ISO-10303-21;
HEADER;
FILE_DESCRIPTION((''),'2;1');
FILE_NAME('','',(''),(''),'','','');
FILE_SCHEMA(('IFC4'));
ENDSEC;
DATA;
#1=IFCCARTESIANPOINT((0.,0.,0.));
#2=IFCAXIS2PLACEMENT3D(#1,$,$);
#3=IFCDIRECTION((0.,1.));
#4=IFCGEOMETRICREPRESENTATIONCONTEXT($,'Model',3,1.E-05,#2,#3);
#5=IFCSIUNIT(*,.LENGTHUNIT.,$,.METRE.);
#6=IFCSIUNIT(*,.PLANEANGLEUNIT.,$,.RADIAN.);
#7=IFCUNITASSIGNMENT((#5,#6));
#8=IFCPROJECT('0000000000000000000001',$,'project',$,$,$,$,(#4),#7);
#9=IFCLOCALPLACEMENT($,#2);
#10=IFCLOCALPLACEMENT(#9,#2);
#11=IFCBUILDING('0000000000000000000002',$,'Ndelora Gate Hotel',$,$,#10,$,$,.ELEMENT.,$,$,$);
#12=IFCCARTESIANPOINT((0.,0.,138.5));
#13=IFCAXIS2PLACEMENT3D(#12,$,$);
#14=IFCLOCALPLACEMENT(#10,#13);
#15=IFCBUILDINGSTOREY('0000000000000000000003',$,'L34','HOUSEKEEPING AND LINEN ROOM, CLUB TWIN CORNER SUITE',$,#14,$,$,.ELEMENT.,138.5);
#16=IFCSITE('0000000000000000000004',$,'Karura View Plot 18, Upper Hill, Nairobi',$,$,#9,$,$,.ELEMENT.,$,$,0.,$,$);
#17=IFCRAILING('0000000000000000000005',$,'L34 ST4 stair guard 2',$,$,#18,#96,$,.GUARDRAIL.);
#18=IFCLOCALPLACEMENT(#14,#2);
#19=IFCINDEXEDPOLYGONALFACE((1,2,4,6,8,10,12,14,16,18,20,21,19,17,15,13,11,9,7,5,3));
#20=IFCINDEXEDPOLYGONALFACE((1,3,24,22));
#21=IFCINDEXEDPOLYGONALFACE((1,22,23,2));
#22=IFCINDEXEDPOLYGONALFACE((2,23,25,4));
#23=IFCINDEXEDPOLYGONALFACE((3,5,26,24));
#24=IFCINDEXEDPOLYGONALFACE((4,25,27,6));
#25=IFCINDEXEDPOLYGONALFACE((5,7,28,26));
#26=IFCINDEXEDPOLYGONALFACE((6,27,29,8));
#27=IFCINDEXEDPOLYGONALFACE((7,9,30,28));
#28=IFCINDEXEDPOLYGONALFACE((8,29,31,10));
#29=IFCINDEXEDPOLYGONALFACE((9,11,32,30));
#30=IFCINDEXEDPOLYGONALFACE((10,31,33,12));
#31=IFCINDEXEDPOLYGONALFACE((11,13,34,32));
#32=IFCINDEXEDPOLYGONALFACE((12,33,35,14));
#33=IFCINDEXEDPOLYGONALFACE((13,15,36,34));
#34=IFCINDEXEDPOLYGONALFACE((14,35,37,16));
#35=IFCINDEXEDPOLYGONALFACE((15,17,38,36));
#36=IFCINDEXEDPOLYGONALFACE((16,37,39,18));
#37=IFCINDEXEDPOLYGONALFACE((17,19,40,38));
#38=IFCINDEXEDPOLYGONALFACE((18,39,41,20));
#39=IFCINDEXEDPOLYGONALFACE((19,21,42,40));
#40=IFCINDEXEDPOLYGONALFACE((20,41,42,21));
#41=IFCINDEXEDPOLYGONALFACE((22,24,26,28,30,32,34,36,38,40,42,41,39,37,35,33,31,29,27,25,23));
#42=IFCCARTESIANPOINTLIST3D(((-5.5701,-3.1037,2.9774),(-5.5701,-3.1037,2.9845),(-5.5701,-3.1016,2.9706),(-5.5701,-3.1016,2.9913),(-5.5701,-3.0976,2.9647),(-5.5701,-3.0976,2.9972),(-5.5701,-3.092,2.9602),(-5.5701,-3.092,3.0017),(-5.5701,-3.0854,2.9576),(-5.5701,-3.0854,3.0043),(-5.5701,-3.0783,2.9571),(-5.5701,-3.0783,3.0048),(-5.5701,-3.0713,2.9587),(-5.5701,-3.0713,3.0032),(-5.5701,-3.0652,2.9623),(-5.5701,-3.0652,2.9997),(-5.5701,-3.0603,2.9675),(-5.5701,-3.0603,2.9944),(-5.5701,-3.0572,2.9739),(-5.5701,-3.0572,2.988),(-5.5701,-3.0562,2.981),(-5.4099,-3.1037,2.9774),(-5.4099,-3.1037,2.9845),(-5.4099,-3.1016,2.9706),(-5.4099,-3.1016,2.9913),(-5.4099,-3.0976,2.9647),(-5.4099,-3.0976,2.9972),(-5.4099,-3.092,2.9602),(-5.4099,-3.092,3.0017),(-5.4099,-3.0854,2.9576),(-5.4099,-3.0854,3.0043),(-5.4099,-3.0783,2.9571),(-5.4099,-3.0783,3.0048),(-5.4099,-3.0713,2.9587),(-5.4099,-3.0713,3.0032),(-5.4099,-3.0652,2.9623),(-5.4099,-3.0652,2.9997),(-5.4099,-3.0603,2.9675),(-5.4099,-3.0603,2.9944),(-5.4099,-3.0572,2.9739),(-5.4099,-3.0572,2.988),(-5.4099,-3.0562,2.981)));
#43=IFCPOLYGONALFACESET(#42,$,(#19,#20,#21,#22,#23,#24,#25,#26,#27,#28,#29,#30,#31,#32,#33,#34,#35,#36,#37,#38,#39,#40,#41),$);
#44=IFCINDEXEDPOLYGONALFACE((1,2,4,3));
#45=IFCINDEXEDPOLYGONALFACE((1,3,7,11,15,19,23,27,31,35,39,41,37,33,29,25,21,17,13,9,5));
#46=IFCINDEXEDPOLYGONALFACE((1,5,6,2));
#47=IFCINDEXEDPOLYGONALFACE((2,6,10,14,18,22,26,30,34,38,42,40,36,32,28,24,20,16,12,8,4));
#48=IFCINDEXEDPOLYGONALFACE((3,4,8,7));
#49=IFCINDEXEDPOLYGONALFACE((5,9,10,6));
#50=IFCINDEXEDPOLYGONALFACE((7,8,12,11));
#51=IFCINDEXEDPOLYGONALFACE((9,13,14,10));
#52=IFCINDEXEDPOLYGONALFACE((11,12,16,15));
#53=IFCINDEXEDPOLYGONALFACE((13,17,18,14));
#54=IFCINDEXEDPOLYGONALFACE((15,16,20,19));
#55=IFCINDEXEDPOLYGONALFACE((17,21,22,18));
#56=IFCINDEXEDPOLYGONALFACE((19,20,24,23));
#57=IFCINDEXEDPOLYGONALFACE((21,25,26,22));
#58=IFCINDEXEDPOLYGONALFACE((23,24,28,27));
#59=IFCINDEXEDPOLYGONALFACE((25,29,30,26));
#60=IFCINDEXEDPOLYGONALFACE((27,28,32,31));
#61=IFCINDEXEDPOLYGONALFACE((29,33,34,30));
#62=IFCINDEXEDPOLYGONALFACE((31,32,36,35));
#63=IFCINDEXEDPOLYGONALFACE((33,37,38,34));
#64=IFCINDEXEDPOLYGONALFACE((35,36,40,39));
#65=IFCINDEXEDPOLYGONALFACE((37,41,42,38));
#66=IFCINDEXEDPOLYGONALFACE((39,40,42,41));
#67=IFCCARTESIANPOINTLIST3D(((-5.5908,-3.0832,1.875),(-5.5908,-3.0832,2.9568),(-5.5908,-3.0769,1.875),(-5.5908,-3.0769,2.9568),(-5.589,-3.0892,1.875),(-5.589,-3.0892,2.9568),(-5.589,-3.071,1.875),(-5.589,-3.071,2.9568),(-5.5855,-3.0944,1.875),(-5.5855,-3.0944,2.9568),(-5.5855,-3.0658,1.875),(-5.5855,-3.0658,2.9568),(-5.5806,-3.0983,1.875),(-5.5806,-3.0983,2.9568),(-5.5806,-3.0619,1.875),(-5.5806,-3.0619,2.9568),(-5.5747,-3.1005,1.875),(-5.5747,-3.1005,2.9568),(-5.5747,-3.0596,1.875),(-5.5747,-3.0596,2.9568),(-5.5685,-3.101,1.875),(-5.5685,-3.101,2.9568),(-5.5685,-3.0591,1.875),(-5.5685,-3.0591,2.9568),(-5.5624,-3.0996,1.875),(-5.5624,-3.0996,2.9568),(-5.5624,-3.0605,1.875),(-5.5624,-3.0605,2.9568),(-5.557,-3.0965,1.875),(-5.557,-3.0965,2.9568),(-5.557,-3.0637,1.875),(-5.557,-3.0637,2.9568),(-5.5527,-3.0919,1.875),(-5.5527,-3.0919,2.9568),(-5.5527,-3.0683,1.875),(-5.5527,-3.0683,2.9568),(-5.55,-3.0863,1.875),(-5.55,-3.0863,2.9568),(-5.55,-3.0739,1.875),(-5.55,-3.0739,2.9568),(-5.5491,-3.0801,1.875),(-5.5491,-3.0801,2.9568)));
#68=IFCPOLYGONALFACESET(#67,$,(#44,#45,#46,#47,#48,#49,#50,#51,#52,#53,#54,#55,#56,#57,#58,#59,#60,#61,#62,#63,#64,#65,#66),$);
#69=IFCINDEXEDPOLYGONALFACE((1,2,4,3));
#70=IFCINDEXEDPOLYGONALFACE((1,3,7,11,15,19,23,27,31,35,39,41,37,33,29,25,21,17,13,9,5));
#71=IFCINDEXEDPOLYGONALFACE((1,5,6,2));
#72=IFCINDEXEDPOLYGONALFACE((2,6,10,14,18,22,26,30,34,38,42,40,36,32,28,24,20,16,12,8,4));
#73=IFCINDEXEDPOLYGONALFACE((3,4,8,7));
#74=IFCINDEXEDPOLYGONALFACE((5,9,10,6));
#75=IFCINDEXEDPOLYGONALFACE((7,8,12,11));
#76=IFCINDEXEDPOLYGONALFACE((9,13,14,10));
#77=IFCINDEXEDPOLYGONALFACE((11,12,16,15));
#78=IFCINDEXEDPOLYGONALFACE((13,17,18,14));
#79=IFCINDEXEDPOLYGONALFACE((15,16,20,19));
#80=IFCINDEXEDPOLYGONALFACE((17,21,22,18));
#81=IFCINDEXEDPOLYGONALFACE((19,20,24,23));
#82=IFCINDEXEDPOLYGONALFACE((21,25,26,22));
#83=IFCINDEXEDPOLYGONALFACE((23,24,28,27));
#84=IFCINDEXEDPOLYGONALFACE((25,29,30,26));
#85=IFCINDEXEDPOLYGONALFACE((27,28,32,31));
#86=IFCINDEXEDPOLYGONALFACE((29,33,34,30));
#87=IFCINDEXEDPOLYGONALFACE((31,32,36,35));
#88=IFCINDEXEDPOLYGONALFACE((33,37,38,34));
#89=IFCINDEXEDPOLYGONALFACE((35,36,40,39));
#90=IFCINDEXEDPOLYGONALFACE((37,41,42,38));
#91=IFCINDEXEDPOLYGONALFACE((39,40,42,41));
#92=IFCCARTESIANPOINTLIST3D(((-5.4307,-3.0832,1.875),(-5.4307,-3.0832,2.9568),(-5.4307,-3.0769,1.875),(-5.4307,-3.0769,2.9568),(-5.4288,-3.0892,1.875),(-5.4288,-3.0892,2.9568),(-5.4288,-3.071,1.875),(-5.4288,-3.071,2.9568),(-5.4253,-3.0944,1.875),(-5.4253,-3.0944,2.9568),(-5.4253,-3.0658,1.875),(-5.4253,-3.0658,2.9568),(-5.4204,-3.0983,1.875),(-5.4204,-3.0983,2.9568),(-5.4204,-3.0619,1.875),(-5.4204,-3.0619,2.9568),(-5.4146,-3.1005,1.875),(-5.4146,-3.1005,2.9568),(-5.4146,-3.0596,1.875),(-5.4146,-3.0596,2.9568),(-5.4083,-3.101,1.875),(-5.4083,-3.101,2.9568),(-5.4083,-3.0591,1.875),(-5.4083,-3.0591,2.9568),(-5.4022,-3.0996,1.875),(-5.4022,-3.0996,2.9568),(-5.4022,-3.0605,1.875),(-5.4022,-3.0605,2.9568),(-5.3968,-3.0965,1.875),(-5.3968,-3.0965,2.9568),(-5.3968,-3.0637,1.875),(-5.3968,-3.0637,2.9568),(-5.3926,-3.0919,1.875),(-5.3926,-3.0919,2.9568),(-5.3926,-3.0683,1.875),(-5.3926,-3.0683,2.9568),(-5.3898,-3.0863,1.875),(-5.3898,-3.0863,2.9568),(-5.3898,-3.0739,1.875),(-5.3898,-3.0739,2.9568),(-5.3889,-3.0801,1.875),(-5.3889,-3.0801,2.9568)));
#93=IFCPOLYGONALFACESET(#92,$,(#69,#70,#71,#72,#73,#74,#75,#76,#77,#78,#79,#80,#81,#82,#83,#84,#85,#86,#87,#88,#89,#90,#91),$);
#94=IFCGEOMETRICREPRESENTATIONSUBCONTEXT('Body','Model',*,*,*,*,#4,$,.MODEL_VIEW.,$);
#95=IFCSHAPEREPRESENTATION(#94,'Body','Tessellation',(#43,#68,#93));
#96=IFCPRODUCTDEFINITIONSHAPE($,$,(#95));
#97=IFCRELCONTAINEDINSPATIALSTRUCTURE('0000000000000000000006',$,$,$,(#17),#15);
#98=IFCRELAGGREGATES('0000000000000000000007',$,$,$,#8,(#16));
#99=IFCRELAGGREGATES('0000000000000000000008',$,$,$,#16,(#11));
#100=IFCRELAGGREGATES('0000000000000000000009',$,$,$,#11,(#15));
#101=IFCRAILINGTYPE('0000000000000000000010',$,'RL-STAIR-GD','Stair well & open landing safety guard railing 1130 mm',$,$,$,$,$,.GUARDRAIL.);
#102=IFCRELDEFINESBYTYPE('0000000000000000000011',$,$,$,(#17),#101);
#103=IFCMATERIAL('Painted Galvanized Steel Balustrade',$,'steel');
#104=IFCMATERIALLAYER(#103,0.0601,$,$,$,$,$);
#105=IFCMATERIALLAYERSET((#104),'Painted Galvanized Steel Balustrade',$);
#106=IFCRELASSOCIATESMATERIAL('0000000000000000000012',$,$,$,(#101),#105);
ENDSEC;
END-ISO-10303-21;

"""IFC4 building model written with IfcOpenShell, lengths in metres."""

from ifc_helpers import new_model, si_unit, direction, frame, origin, origin_2d, place, context, subcontext, project, spatial, circle, extrude, material, layer, layer_set, type_object, element, save


model = new_model("IFC4")

# Units and contexts
model_context = context("Model", 3, precision=1e-05, world=origin(), true_north=direction((0.0, 1.0)))
body_context = subcontext(model_context, "Body", "Model", "MODEL_VIEW")
ifc_project = project(units=[si_unit("LENGTHUNIT", "METRE"), si_unit("PLANEANGLEUNIT", "RADIAN")], contexts=[model_context])

# Site, building, storey
site_placement = place(None, origin())
site = spatial("IfcSite", under=ifc_project, at=site_placement, Name="Karura View Plot 18, Upper Hill, Nairobi", CompositionType="ELEMENT", RefElevation=0.0)
building_placement = place(site_placement, origin())
building = spatial("IfcBuilding", under=site, at=building_placement, Name="Ndelora Gate Hotel", CompositionType="ELEMENT")
storey_placement = place(building_placement, frame((0.0, 0.0, 138.5)))
storey = spatial("IfcBuildingStorey", under=building, at=storey_placement, Name="L34", Description="HOUSEKEEPING AND LINEN ROOM, CLUB TWIN CORNER SUITE", CompositionType="ELEMENT", Elevation=138.5)

# Railing
ifc_material_1 = material(Name="Painted Galvanized Steel Balustrade", Category="steel")
ifc_layer_1 = layer(ifc_material_1, 0.0601)
ifc_layer_set_1 = layer_set([ifc_layer_1], Name="Painted Galvanized Steel Balustrade")
railing_type_1 = type_object("IfcRailingType", Name="RL-STAIR-GD", Description="Stair well & open landing safety guard railing 1130 mm", PredefinedType="GUARDRAIL", material=ifc_layer_set_1)
railing_1_placement = place(storey_placement, frame((-5.5701, -3.0801, 1.875)))
element("IfcRailing", 1, at=railing_1_placement, inside=storey, type_object=railing_type_1, Name="L34 ST4 stair guard 2", PredefinedType="GUARDRAIL", context=body_context, shape_type="SweptSolid", body=[
    extrude(circle(Radius=0.0239, at=origin_2d()), frame((0.0, 0.0, 1.106), z_axis=(1.0, 0.0, 0.0), x_axis=(0.0, 1.0, 0.0)), (0.0, 0.0, 1.0), 0.1602),
    extrude(circle(Radius=0.021, at=origin_2d()), origin(), (0.0, 0.0, 1.0), 1.0818),
    extrude(circle(Radius=0.021, at=origin_2d()), frame((0.1602, 0.0, 0.0)), (0.0, 0.0, 1.0), 1.0818),
])

save(model, "model.ifc")
